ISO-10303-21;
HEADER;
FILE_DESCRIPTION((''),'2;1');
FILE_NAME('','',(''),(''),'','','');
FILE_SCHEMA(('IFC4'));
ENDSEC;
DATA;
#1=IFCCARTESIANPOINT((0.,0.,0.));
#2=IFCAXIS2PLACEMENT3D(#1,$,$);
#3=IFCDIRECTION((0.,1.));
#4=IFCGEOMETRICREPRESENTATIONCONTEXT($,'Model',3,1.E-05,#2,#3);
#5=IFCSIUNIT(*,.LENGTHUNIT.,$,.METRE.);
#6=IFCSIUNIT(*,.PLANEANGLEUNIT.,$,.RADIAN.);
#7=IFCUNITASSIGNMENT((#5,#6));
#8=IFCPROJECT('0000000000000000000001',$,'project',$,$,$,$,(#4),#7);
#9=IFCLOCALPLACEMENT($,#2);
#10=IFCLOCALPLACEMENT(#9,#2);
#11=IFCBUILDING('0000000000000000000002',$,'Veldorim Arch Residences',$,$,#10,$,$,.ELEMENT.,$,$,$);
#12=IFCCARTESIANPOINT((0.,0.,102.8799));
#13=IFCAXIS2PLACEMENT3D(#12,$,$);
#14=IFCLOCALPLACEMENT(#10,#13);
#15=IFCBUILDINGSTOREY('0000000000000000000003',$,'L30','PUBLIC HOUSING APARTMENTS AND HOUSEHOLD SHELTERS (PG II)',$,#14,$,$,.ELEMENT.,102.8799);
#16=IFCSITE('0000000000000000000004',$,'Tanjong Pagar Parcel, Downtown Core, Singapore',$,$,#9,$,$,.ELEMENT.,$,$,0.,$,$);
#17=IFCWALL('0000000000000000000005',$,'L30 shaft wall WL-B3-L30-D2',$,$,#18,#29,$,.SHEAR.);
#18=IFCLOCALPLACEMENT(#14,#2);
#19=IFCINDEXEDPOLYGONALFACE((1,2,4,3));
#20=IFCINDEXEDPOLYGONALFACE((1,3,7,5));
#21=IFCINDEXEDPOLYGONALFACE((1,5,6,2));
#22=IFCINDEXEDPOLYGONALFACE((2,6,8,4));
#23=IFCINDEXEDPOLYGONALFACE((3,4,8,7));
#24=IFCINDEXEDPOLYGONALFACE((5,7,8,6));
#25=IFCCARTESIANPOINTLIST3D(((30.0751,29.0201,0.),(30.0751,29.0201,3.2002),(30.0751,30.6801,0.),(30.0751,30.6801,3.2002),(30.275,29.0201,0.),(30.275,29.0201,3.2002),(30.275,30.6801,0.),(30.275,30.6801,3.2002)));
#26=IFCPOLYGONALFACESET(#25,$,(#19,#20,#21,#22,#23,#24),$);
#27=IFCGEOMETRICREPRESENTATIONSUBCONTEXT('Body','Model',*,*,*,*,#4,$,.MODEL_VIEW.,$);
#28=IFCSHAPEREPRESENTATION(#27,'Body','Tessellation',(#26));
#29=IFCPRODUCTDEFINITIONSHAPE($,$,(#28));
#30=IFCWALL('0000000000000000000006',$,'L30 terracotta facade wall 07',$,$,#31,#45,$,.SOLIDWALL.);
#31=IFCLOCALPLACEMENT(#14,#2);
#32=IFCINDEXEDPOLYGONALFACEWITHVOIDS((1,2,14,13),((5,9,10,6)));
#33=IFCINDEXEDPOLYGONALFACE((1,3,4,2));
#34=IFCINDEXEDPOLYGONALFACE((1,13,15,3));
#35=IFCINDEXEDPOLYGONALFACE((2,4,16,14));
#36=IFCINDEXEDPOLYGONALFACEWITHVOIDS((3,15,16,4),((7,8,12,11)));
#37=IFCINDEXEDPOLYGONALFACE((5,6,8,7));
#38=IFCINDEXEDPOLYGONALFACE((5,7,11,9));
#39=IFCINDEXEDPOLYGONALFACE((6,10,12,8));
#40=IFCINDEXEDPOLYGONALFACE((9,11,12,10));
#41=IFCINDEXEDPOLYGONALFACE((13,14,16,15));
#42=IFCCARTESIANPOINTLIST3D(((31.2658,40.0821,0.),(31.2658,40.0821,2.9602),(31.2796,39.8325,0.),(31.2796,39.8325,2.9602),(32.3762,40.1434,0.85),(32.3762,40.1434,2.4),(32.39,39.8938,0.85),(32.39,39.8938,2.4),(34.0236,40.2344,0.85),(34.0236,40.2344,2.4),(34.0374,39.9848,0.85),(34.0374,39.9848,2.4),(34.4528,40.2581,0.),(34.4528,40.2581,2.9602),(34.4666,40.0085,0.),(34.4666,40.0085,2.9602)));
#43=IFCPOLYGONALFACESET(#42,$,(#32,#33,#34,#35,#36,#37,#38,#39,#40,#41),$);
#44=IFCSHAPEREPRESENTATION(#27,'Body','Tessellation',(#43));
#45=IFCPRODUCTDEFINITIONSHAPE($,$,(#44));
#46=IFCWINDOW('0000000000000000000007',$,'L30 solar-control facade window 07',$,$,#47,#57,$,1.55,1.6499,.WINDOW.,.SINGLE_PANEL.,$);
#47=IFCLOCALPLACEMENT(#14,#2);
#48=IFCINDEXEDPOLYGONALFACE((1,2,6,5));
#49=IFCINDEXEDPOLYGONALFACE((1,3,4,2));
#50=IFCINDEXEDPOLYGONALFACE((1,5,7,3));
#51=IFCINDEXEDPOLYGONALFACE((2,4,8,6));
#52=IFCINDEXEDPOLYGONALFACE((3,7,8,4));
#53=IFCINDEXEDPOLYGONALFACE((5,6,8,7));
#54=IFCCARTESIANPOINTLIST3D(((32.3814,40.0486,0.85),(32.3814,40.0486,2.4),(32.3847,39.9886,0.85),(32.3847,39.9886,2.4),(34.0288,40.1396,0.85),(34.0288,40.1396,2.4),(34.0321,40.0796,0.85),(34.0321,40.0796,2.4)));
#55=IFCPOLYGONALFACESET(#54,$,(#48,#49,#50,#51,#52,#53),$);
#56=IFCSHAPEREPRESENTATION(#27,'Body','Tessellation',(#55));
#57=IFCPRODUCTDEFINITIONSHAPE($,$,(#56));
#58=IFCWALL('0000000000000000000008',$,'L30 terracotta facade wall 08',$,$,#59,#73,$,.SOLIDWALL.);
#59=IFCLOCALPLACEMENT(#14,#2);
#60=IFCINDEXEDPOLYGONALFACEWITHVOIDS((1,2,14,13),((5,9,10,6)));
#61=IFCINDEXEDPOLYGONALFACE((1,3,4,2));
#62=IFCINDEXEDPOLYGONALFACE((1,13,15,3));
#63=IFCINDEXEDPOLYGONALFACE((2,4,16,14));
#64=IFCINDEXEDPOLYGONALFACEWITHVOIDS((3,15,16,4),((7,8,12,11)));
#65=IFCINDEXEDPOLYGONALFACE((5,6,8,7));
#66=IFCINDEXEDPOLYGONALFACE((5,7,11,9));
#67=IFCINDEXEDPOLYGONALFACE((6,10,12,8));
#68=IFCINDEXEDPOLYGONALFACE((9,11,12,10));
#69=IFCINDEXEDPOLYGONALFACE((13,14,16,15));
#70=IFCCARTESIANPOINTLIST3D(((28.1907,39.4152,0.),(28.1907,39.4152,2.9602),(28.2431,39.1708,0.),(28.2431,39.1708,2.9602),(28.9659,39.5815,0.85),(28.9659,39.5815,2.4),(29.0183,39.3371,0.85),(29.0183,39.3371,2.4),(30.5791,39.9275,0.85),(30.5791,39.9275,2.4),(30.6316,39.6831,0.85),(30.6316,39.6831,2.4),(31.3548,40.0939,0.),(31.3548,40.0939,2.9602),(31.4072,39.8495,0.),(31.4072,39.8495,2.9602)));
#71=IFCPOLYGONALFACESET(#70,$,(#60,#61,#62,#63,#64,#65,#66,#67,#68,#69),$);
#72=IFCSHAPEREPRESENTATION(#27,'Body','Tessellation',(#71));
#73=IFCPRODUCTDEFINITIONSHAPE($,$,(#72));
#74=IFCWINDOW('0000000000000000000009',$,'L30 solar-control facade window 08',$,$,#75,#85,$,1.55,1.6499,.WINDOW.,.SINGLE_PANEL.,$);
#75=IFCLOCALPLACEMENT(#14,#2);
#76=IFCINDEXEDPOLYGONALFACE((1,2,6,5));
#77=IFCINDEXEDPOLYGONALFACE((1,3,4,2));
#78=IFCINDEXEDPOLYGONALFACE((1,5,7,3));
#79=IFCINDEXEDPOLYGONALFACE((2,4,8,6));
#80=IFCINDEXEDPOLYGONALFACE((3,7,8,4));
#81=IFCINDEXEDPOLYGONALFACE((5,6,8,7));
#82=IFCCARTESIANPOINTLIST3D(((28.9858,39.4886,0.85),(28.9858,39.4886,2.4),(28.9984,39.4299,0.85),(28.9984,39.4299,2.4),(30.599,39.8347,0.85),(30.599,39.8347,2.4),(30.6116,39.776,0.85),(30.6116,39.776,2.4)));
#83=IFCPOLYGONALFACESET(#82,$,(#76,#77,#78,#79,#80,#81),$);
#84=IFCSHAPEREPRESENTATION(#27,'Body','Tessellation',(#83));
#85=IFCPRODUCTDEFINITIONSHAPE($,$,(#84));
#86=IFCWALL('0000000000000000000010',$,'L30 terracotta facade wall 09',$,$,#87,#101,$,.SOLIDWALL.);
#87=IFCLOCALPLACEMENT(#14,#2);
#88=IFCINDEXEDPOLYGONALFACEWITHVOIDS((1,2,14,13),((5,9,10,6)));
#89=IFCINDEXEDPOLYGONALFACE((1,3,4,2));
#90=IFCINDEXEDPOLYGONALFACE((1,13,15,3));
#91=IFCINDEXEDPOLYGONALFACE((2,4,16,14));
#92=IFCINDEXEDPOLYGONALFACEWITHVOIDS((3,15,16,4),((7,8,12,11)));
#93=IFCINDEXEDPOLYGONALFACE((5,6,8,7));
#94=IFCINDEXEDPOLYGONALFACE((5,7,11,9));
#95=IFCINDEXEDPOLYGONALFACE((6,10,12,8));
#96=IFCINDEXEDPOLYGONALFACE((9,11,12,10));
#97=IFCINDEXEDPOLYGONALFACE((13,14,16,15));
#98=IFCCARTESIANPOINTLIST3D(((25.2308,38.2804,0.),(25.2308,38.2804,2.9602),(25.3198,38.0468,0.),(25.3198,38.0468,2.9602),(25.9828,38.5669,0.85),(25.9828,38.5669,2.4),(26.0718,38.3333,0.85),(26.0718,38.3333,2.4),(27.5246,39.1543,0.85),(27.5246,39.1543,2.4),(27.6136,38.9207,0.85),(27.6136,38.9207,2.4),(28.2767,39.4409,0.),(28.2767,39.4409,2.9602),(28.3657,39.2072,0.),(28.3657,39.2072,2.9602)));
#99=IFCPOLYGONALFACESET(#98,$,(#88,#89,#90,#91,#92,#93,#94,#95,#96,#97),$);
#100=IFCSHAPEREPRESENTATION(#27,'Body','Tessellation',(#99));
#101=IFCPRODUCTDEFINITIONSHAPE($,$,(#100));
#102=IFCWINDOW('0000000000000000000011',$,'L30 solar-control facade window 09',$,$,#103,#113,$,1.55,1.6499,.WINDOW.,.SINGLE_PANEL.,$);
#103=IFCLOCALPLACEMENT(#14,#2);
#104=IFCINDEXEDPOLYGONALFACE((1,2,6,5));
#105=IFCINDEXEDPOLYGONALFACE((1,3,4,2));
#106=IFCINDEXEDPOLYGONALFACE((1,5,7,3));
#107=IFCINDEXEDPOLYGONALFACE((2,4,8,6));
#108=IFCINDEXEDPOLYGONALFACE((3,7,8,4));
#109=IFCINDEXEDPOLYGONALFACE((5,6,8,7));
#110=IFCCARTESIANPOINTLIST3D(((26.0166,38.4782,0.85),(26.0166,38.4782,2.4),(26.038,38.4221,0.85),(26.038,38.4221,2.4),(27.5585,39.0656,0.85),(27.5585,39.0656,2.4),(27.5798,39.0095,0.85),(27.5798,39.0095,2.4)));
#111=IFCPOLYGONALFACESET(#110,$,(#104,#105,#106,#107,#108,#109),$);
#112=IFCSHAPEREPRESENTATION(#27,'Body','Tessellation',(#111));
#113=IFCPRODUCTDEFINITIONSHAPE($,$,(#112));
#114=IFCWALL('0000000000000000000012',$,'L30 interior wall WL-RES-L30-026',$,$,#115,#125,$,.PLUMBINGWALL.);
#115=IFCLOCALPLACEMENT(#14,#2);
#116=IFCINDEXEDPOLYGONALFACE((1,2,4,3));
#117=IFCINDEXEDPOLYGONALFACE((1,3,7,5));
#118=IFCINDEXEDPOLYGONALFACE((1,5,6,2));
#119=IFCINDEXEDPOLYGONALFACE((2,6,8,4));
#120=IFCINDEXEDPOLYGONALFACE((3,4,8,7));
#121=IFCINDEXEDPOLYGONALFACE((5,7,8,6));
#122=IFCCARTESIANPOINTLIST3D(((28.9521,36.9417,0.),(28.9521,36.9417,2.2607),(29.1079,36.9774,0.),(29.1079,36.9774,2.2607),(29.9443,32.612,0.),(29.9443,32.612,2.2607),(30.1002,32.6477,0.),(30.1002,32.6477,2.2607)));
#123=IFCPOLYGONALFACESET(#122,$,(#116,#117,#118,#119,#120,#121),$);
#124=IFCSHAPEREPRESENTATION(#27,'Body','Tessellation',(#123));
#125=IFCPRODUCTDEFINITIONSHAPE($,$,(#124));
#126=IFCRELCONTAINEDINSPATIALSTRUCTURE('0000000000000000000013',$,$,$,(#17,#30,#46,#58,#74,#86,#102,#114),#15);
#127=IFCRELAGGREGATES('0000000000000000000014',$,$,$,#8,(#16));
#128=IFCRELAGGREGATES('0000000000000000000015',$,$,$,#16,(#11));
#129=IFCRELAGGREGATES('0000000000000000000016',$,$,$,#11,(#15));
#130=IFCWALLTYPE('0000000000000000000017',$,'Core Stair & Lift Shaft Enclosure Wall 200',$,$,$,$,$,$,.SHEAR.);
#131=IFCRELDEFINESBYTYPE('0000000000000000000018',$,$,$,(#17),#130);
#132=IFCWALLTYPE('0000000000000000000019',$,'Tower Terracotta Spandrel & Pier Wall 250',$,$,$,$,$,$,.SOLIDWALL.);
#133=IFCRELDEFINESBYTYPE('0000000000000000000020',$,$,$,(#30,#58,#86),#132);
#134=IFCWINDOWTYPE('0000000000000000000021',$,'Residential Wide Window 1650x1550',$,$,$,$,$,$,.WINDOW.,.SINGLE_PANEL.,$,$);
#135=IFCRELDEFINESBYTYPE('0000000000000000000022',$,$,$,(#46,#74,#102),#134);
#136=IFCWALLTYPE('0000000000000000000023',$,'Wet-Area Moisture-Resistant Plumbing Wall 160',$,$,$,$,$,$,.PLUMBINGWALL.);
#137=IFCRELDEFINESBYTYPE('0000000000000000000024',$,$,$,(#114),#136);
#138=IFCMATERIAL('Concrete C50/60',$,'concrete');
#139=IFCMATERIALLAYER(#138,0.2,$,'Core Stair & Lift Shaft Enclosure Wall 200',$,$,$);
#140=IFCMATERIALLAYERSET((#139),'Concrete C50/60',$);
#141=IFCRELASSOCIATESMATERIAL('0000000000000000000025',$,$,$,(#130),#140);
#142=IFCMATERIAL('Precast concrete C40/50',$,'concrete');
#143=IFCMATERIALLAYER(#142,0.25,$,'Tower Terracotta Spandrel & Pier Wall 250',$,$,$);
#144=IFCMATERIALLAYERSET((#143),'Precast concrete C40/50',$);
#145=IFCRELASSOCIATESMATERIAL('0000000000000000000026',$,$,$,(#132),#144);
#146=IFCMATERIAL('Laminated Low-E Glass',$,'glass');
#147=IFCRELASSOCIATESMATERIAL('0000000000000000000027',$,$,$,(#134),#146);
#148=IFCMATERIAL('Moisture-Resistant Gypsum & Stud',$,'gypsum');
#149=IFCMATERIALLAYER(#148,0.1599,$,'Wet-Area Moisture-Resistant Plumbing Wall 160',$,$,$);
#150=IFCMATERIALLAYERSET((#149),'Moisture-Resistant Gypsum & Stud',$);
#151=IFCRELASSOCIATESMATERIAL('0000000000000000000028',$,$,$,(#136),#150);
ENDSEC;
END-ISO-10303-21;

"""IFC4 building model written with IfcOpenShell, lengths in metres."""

from ifc_helpers import new_model, si_unit, direction, frame, frame_2d, origin, place, context, subcontext, project, spatial, rectangle, extrude, material, layer, layer_set, type_object, element, fill, save


model = new_model("IFC4")

# Units and contexts
model_context = context("Model", 3, precision=1e-05, world=origin(), true_north=direction((0.0, 1.0)))
body_context = subcontext(model_context, "Body", "Model", "MODEL_VIEW")
ifc_project = project(units=[si_unit("LENGTHUNIT", "METRE"), si_unit("PLANEANGLEUNIT", "RADIAN")], contexts=[model_context])

# Site, building, storey
site_placement = place(None, origin())
site = spatial("IfcSite", under=ifc_project, at=site_placement, Name="Tanjong Pagar Parcel, Downtown Core, Singapore", CompositionType="ELEMENT", RefElevation=0.0)
building_placement = place(site_placement, origin())
building = spatial("IfcBuilding", under=site, at=building_placement, Name="Veldorim Arch Residences", CompositionType="ELEMENT")
storey_placement = place(building_placement, frame((0.0, 0.0, 102.8799)))
storey = spatial("IfcBuildingStorey", under=building, at=storey_placement, Name="L30", Description="PUBLIC HOUSING APARTMENTS AND HOUSEHOLD SHELTERS (PG II)", CompositionType="ELEMENT", Elevation=102.8799)

# Wall
ifc_material_1 = material(Name="Concrete C50/60", Category="concrete")
ifc_layer_1 = layer(ifc_material_1, 0.2, Name="Core Stair & Lift Shaft Enclosure Wall 200")
ifc_layer_set_1 = layer_set([ifc_layer_1], Name="Concrete C50/60")
wall_type_1 = type_object("IfcWallType", Name="Core Stair & Lift Shaft Enclosure Wall 200", PredefinedType="SHEAR", material=ifc_layer_set_1)
for number, where, z_axis, x_axis, name in (
    (1, (30.175, 29.02, 0.0), (0.0, 0.0, 1.0), (0.0, 1.0, 0.0), "L30 shaft wall WL-B3-L30-D2"),
):
    element("IfcWall", number, at=place(storey_placement, frame(where, z_axis=z_axis, x_axis=x_axis)), inside=storey, type_object=wall_type_1, Name=name, PredefinedType="SHEAR", context=body_context, shape_type="SweptSolid", body=[
        extrude(rectangle(XDim=1.6599, YDim=0.2, at=frame_2d((0.8301, 0.0))), origin(), (0.0, 0.0, 1.0), 3.2002),
    ])

# Walls, openings, windows
ifc_material_2 = material(Name="Precast concrete C40/50", Category="concrete")
ifc_layer_2 = layer(ifc_material_2, 0.25, Name="Tower Terracotta Spandrel & Pier Wall 250")
ifc_layer_set_2 = layer_set([ifc_layer_2], Name="Precast concrete C40/50")
wall_type_2 = type_object("IfcWallType", Name="Tower Terracotta Spandrel & Pier Wall 250", PredefinedType="SOLIDWALL", material=ifc_layer_set_2)
wall_1_placement = place(storey_placement, frame((31.2727, 39.9573, 0.0), z_axis=(0.0, 0.0, 1.0), x_axis=(0.998478, 0.055148, 0.0)))
wall_1 = element("IfcWall", 2, at=wall_1_placement, inside=storey, type_object=wall_type_2, Name="L30 terracotta facade wall 07", PredefinedType="SOLIDWALL", context=body_context, shape_type="SweptSolid", body=[
    extrude(rectangle(XDim=3.1919, YDim=0.25, at=frame_2d((1.5959, 0.0))), origin(), (0.0, 0.0, 1.0), 2.9602),
])
opening_1_placement = place(wall_1_placement, frame((1.1121, 0.0, 0.8501)))
opening_1 = element("IfcOpeningElement", 3, at=opening_1_placement, cuts=wall_1, PredefinedType="OPENING", context=body_context, shape_type="SweptSolid", body=[
    extrude(rectangle(XDim=1.6499, YDim=1.55, at=frame_2d((0.825, 0.7749))), frame((0.0, 0.135, 0.0), z_axis=(0.0, -1.0, 0.0), x_axis=(1.0, 0.0, 0.0)), (0.0, 0.0, 1.0), 0.27),
])
ifc_material_3 = material(Name="Laminated Low-E Glass", Category="glass")
window_type = type_object("IfcWindowType", Name="Residential Wide Window 1650x1550", PartitioningType="SINGLE_PANEL", PredefinedType="WINDOW", material=ifc_material_3)
window_1_placement = place(opening_1_placement, origin())
window_1 = element("IfcWindow", 4, at=window_1_placement, inside=storey, type_object=window_type, Name="L30 solar-control facade window 07", OverallHeight=1.55, OverallWidth=1.6499, PartitioningType="SINGLE_PANEL", PredefinedType="WINDOW", context=body_context, shape_type="SweptSolid", body=[
    extrude(rectangle(XDim=1.6499, YDim=1.55, at=frame_2d((0.825, 0.7749))), frame((0.0, 0.03, 0.0), z_axis=(0.0, -1.0, 0.0), x_axis=(1.0, 0.0, 0.0)), (0.0, 0.0, 1.0), 0.0601),
])
fill(opening_1, window_1)
wall_2_placement = place(storey_placement, frame((28.2168, 39.293, 0.0), z_axis=(0.0, 0.0, 1.0), x_axis=(0.977758, 0.209735, 0.0)))
wall_2 = element("IfcWall", 5, at=wall_2_placement, inside=storey, type_object=wall_type_2, Name="L30 terracotta facade wall 08", PredefinedType="SOLIDWALL", context=body_context, shape_type="SweptSolid", body=[
    extrude(rectangle(XDim=3.2361, YDim=0.25, at=frame_2d((1.6182, 0.0))), origin(), (0.0, 0.0, 1.0), 2.9602),
])
opening_2_placement = place(wall_2_placement, frame((0.793, 0.0, 0.8501)))
opening_2 = element("IfcOpeningElement", 6, at=opening_2_placement, cuts=wall_2, PredefinedType="OPENING", context=body_context, shape_type="SweptSolid", body=[
    extrude(rectangle(XDim=1.6499, YDim=1.55, at=frame_2d((0.825, 0.7749))), frame((0.0, 0.135, 0.0), z_axis=(0.0, -1.0, 0.0), x_axis=(1.0, 0.0, 0.0)), (0.0, 0.0, 1.0), 0.27),
])
window_2_placement = place(opening_2_placement, origin())
window_2 = element("IfcWindow", 7, at=window_2_placement, inside=storey, type_object=window_type, Name="L30 solar-control facade window 08", OverallHeight=1.55, OverallWidth=1.6499, PartitioningType="SINGLE_PANEL", PredefinedType="WINDOW", context=body_context, shape_type="SweptSolid", body=[
    extrude(rectangle(XDim=1.6499, YDim=1.55, at=frame_2d((0.825, 0.7749))), frame((0.0, 0.03, 0.0), z_axis=(0.0, -1.0, 0.0), x_axis=(1.0, 0.0, 0.0)), (0.0, 0.0, 1.0), 0.0601),
])
fill(opening_2, window_2)
wall_3_placement = place(storey_placement, frame((25.2751, 38.1636, 0.0), z_axis=(0.0, 0.0, 1.0), x_axis=(0.934482, 0.356011, 0.0)))
wall_3 = element("IfcWall", 8, at=wall_3_placement, inside=storey, type_object=wall_type_2, Name="L30 terracotta facade wall 09", PredefinedType="SOLIDWALL", context=body_context, shape_type="SweptSolid", body=[
    extrude(rectangle(XDim=3.2595, YDim=0.25, at=frame_2d((1.6299, 0.0))), origin(), (0.0, 0.0, 1.0), 2.9602),
])
opening_3_placement = place(wall_3_placement, frame((0.8049, 0.0, 0.8501)))
opening_3 = element("IfcOpeningElement", 9, at=opening_3_placement, cuts=wall_3, PredefinedType="OPENING", context=body_context, shape_type="SweptSolid", body=[
    extrude(rectangle(XDim=1.6499, YDim=1.55, at=frame_2d((0.825, 0.7749))), frame((0.0, 0.135, 0.0), z_axis=(0.0, -1.0, 0.0), x_axis=(1.0, 0.0, 0.0)), (0.0, 0.0, 1.0), 0.27),
])
window_3_placement = place(opening_3_placement, origin())
window_3 = element("IfcWindow", 10, at=window_3_placement, inside=storey, type_object=window_type, Name="L30 solar-control facade window 09", OverallHeight=1.55, OverallWidth=1.6499, PartitioningType="SINGLE_PANEL", PredefinedType="WINDOW", context=body_context, shape_type="SweptSolid", body=[
    extrude(rectangle(XDim=1.6499, YDim=1.55, at=frame_2d((0.825, 0.7749))), frame((0.0, 0.03, 0.0), z_axis=(0.0, -1.0, 0.0), x_axis=(1.0, 0.0, 0.0)), (0.0, 0.0, 1.0), 0.0601),
])
fill(opening_3, window_3)

# Wall
ifc_material_4 = material(Name="Moisture-Resistant Gypsum & Stud", Category="gypsum")
ifc_layer_3 = layer(ifc_material_4, 0.1599, Name="Wet-Area Moisture-Resistant Plumbing Wall 160")
ifc_layer_set_3 = layer_set([ifc_layer_3], Name="Moisture-Resistant Gypsum & Stud")
wall_type_3 = type_object("IfcWallType", Name="Wet-Area Moisture-Resistant Plumbing Wall 160", PredefinedType="PLUMBINGWALL", material=ifc_layer_set_3)
wall_4_placement = place(storey_placement, frame((30.0222, 32.6299, 0.0), z_axis=(0.0, 0.0, 1.0), x_axis=(-0.223374, 0.974733, 0.0)))
element("IfcWall", 11, at=wall_4_placement, inside=storey, type_object=wall_type_3, Name="L30 interior wall WL-RES-L30-026", PredefinedType="PLUMBINGWALL", context=body_context, shape_type="SweptSolid", body=[
    extrude(rectangle(XDim=4.4419, YDim=0.1599, at=frame_2d((2.2209, 0.0))), origin(), (0.0, 0.0, 1.0), 2.2607),
])

save(model, "model.ifc")
